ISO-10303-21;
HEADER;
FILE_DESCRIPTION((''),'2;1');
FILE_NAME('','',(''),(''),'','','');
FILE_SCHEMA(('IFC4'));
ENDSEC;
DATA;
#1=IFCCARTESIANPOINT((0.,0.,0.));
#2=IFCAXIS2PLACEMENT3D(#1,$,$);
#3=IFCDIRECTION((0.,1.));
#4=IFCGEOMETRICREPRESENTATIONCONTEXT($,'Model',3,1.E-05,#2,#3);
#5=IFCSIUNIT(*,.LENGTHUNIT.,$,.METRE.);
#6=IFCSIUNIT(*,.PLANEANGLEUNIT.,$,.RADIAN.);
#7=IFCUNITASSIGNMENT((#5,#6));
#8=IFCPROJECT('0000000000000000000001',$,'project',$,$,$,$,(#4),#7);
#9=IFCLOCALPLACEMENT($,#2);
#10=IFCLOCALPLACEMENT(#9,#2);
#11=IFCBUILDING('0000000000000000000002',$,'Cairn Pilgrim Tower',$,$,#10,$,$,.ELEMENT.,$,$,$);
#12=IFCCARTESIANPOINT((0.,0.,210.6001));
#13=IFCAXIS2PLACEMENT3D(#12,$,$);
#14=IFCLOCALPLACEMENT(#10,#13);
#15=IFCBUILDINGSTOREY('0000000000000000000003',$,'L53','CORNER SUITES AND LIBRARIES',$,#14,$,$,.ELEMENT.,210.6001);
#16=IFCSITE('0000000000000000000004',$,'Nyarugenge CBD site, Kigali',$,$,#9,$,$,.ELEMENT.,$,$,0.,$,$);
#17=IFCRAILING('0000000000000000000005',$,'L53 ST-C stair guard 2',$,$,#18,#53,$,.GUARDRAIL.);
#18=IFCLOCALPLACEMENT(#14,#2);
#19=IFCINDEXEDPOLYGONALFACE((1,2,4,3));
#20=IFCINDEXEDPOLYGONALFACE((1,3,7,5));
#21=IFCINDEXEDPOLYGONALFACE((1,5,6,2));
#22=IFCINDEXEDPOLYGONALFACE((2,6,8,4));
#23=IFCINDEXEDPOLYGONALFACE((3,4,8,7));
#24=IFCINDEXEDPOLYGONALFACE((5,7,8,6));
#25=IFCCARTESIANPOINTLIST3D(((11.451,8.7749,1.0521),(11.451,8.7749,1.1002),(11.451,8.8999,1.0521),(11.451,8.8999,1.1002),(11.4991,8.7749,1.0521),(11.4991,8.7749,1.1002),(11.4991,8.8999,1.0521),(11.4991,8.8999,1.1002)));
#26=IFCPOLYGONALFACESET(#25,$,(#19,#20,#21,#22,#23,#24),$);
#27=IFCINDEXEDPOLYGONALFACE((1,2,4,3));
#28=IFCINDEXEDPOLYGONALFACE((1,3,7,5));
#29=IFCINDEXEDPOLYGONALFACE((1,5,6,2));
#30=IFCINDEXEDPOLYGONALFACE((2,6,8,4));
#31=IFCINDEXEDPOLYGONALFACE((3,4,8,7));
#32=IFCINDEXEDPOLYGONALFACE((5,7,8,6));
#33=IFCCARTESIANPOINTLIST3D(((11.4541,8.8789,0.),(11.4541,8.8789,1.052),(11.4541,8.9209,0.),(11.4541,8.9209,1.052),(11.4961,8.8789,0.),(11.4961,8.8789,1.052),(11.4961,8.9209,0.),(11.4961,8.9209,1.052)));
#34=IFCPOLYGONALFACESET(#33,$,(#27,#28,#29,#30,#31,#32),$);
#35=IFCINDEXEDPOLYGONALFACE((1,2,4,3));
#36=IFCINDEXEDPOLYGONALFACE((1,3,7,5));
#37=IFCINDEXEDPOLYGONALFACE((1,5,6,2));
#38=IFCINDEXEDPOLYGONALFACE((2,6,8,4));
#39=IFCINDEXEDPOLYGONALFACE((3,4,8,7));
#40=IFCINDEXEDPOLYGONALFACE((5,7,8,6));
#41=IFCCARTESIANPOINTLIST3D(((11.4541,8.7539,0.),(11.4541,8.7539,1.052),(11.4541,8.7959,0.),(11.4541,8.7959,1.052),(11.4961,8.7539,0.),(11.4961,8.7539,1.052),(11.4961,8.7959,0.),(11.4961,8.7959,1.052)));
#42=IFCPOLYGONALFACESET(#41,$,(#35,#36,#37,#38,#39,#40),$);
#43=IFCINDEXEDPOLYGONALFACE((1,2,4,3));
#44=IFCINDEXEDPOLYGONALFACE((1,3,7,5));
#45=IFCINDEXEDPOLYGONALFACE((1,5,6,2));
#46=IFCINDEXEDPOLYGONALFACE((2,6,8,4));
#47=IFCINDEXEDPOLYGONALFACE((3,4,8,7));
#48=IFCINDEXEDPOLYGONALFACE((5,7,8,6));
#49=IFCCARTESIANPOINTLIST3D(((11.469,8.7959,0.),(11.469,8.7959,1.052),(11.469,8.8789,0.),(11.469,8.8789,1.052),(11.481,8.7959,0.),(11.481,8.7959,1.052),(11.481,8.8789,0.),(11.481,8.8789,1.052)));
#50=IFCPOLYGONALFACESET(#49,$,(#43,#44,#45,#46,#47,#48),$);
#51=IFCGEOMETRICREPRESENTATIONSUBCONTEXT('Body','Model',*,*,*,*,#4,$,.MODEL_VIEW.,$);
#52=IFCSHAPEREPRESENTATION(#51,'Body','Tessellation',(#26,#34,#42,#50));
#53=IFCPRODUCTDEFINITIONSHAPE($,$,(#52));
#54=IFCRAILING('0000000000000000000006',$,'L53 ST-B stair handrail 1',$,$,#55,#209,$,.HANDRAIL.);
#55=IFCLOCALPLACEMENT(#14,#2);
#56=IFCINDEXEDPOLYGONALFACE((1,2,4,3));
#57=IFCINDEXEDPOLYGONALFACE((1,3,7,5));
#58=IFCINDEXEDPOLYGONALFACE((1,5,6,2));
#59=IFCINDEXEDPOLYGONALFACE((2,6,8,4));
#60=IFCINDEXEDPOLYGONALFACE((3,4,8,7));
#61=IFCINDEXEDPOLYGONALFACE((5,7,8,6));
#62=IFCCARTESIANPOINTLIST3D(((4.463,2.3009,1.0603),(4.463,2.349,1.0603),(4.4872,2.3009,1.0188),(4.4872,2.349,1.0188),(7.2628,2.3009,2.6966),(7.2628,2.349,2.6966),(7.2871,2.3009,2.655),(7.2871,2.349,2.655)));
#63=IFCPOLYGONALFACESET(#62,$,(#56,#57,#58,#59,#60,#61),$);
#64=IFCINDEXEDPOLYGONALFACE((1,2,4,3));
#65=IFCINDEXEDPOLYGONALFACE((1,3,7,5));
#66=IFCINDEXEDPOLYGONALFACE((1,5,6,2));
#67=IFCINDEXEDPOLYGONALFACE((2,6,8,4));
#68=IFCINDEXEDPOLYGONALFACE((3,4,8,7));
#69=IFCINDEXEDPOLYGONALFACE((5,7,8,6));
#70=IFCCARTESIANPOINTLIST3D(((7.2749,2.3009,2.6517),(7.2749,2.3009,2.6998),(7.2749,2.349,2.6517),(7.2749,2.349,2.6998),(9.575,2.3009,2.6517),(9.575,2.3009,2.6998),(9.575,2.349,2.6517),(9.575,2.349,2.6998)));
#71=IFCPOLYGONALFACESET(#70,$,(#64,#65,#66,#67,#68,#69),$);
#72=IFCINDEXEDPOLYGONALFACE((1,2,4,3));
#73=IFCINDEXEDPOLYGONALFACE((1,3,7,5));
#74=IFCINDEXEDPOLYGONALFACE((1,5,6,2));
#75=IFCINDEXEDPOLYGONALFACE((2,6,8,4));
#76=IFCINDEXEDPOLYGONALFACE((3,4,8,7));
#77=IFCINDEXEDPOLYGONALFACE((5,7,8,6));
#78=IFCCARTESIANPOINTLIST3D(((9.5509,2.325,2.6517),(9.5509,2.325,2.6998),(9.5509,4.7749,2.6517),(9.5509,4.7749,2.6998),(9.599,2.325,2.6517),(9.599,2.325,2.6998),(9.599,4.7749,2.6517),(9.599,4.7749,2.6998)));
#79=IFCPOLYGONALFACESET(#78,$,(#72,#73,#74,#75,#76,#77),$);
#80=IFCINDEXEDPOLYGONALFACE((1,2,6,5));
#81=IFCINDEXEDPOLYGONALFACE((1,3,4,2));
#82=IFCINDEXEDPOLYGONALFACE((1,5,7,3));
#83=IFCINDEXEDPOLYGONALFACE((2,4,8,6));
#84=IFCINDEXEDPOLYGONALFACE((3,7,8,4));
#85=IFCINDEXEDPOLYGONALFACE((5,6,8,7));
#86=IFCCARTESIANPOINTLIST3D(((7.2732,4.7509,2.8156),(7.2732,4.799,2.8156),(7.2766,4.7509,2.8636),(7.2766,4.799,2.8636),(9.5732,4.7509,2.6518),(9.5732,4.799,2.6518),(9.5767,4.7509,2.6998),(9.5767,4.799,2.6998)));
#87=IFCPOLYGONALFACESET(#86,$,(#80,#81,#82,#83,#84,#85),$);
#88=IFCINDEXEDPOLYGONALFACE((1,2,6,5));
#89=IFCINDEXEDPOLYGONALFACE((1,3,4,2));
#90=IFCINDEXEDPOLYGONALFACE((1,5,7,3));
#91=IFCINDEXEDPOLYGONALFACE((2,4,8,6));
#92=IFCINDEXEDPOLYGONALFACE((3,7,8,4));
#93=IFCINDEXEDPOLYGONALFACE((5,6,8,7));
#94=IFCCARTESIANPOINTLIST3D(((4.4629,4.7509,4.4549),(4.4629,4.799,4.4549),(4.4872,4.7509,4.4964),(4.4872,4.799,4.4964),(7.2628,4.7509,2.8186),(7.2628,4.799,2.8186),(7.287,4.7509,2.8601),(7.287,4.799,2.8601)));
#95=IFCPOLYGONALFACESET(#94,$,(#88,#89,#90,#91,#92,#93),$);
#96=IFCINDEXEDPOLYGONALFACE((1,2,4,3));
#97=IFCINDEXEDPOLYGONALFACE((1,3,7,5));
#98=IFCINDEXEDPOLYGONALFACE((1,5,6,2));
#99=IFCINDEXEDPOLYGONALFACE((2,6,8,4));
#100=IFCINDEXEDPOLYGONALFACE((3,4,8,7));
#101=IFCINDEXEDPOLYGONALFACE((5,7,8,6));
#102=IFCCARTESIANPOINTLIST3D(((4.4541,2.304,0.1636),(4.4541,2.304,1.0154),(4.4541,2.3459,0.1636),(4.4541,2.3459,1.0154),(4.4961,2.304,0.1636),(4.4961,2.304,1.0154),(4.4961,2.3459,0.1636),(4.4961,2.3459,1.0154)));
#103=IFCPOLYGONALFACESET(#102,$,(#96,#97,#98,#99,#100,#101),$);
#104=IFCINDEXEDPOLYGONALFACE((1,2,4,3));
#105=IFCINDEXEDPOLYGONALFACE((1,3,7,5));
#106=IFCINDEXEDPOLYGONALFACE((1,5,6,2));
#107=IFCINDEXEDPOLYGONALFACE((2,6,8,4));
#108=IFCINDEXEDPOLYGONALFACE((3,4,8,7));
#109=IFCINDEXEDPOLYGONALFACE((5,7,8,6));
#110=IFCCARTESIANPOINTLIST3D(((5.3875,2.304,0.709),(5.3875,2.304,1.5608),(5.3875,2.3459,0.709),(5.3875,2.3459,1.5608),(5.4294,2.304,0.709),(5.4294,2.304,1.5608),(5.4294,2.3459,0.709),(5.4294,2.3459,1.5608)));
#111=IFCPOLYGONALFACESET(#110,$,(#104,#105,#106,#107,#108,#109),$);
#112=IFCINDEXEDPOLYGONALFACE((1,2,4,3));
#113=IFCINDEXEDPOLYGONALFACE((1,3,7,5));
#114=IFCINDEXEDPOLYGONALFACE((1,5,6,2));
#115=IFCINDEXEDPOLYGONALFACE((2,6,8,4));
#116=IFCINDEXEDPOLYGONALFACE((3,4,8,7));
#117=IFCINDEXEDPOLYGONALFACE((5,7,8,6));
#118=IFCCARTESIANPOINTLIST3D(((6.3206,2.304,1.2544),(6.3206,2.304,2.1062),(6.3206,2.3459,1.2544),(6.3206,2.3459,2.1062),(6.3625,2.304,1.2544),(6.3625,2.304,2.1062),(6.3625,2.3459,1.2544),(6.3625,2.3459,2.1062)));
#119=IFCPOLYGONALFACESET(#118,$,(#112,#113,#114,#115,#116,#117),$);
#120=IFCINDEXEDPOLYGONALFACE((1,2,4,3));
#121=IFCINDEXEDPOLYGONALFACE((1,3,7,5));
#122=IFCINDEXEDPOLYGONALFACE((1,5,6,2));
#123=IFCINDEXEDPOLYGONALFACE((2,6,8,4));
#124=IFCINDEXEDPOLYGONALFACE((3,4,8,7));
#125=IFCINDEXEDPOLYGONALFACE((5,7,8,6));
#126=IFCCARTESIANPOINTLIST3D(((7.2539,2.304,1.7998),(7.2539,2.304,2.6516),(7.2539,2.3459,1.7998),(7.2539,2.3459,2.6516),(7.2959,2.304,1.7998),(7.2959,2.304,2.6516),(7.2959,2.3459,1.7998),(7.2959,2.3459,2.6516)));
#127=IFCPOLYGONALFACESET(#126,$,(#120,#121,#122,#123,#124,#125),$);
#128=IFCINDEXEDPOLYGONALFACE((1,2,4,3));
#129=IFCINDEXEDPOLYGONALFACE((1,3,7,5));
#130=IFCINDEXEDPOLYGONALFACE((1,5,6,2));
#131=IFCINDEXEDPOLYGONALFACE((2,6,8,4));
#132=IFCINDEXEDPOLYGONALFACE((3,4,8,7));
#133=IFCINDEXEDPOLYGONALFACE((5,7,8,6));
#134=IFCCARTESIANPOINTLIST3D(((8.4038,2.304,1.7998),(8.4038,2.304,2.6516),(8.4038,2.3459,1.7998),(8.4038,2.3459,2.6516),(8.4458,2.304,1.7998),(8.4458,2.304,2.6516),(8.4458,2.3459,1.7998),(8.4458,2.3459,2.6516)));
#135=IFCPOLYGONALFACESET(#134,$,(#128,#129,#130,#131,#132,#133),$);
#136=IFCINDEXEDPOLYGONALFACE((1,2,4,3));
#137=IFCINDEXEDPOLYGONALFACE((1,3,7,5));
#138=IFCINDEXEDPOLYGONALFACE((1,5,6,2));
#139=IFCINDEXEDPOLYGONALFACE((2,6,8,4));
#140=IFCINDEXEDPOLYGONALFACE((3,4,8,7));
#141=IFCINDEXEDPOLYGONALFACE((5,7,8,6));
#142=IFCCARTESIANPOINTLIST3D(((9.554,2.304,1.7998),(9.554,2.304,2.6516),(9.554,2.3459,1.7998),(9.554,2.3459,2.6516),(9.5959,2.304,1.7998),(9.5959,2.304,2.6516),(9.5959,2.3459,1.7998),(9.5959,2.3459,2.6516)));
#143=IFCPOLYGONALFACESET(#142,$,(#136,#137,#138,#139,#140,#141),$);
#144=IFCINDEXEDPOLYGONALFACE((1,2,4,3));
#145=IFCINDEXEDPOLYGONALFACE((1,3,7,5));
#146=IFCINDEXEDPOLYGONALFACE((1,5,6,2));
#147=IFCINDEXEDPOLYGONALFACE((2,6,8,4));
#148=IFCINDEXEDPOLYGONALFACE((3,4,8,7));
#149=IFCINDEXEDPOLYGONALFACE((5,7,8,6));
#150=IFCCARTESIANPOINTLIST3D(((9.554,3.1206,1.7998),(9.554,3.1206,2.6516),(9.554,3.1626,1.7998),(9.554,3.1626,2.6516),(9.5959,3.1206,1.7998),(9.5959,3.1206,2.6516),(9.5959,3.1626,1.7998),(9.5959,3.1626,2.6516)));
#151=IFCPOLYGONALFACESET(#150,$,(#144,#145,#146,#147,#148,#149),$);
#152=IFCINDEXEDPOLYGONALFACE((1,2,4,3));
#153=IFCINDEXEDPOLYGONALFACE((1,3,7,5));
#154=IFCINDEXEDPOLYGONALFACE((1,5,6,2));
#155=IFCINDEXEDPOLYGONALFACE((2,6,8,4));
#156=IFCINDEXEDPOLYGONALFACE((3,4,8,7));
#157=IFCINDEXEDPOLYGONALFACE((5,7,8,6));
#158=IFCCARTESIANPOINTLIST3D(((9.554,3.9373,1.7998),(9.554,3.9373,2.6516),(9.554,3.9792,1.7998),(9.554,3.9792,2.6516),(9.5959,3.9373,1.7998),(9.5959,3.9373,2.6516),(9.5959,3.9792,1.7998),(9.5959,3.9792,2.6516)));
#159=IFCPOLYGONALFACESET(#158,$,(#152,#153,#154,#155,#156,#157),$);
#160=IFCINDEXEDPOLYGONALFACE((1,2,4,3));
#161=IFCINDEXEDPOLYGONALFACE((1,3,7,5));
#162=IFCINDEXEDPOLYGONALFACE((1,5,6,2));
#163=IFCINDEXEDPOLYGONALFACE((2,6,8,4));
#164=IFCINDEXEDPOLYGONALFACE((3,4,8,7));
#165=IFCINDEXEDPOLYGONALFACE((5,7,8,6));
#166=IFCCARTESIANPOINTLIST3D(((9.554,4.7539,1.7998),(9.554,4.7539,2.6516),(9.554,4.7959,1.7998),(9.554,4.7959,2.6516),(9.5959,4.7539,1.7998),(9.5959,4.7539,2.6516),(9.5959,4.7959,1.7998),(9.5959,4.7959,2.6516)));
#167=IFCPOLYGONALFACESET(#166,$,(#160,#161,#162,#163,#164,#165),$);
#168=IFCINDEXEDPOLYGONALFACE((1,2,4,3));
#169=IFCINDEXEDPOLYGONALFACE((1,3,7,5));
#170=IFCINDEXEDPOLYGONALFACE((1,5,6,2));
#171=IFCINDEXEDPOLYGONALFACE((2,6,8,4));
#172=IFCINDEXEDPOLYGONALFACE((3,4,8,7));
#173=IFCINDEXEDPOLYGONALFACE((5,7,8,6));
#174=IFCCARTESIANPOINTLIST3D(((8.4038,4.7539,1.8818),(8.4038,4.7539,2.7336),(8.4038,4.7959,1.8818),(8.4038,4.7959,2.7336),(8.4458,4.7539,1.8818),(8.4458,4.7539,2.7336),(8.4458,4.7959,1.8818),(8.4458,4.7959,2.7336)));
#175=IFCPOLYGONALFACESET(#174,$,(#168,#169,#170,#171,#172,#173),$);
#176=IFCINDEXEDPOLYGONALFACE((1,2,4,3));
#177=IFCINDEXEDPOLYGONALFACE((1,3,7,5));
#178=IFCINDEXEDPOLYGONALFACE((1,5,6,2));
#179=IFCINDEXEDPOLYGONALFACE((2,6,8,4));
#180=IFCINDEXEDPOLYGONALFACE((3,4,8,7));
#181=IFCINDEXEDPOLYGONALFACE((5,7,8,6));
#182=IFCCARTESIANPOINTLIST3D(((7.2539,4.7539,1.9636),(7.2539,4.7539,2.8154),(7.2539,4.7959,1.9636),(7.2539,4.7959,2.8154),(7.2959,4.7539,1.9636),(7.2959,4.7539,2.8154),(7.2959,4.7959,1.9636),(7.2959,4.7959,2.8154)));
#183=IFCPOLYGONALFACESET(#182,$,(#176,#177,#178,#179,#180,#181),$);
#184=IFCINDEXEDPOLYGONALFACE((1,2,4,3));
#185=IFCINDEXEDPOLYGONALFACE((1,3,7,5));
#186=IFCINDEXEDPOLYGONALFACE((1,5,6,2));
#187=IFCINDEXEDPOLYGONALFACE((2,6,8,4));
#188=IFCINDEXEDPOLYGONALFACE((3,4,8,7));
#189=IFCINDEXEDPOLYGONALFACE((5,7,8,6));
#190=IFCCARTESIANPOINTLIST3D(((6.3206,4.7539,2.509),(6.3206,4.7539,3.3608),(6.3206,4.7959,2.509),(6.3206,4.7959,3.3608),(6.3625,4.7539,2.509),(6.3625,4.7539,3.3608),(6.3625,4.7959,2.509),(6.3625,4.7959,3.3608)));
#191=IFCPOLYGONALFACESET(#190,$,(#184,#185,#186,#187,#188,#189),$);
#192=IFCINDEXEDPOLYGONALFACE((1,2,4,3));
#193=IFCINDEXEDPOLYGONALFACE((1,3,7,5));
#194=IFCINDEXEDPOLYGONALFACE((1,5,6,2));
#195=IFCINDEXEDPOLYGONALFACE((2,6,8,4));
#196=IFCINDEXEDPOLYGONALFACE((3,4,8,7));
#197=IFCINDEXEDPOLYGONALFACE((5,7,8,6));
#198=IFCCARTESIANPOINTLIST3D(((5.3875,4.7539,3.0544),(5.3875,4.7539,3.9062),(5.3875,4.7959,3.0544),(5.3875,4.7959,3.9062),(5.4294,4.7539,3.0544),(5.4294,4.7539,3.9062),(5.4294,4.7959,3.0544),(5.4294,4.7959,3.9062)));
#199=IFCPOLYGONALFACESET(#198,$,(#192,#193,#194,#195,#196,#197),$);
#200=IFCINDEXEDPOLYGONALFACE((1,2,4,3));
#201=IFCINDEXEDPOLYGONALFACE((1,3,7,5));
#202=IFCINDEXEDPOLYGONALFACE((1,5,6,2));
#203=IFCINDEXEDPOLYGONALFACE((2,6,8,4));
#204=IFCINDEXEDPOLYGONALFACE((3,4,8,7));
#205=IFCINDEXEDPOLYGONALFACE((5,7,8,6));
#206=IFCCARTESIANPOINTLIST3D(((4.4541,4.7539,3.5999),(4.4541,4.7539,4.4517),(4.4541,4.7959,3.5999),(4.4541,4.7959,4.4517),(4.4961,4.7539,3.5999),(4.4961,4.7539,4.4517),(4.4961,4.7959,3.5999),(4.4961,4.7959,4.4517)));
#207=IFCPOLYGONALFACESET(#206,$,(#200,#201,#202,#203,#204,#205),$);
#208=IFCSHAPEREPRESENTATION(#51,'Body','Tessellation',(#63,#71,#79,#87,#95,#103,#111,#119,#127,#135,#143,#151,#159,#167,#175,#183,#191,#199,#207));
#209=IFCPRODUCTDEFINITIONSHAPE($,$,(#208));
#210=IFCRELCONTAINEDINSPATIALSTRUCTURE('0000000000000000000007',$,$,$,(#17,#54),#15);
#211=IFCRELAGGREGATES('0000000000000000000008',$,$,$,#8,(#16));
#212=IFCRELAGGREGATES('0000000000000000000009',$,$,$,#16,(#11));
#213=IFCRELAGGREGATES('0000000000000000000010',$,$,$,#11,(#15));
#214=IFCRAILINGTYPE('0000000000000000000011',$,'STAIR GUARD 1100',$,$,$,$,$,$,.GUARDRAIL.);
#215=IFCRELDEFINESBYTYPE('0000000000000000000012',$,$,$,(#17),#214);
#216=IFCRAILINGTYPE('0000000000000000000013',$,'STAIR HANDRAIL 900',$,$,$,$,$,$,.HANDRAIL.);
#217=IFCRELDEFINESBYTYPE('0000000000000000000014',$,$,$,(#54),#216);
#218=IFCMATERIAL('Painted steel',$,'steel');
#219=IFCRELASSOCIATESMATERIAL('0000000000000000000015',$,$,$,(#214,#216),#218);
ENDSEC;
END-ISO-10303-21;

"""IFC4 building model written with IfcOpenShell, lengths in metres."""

from ifc_helpers import new_model, si_unit, direction, frame, origin, origin_2d, place, context, subcontext, project, spatial, polyline, rectangle, outline, extrude, material, type_object, element, save


model = new_model("IFC4")

# Units and contexts
model_context = context("Model", 3, precision=1e-05, world=origin(), true_north=direction((0.0, 1.0)))
body_context = subcontext(model_context, "Body", "Model", "MODEL_VIEW")
ifc_project = project(units=[si_unit("LENGTHUNIT", "METRE"), si_unit("PLANEANGLEUNIT", "RADIAN")], contexts=[model_context])

# Site, building, storey
site_placement = place(None, origin())
site = spatial("IfcSite", under=ifc_project, at=site_placement, Name="Nyarugenge CBD site, Kigali", CompositionType="ELEMENT", RefElevation=0.0)
building_placement = place(site_placement, origin())
building = spatial("IfcBuilding", under=site, at=building_placement, Name="Cairn Pilgrim Tower", CompositionType="ELEMENT")
storey_placement = place(building_placement, frame((0.0, 0.0, 210.6001)))
storey = spatial("IfcBuildingStorey", under=building, at=storey_placement, Name="L53", Description="CORNER SUITES AND LIBRARIES", CompositionType="ELEMENT", Elevation=210.6001)

# Shared definitions
ifc_material_1 = material(Name="Painted steel", Category="steel")

# Railings
railing_type_1 = type_object("IfcRailingType", Name="STAIR GUARD 1100", PredefinedType="GUARDRAIL", material=ifc_material_1)
railing_1_placement = place(storey_placement, frame((11.4751, 8.8999, 0.0)))
element("IfcRailing", 1, at=railing_1_placement, inside=storey, type_object=railing_type_1, Name="L53 ST-C stair guard 2", PredefinedType="GUARDRAIL", context=body_context, shape_type="SweptSolid", body=[
    extrude(rectangle(XDim=0.0481, YDim=0.0481, at=origin_2d()), frame((0.0, 0.0, 1.0762), z_axis=(0.0, -1.0, 0.0), x_axis=(1.0, 0.0, 0.0)), (0.0, 0.0, 1.0), 0.125),
    extrude(rectangle(XDim=0.042, YDim=0.042, at=origin_2d()), origin(), (0.0, 0.0, 1.0), 1.052),
    extrude(rectangle(XDim=0.042, YDim=0.042, at=origin_2d()), frame((0.0, -0.125, 0.0)), (0.0, 0.0, 1.0), 1.052),
    extrude(outline(polyline([(0.021, 0.0), (0.104, 0.0), (0.104, 1.052), (0.021, 1.052), (0.021, 0.0)])), frame((0.0059, 0.0, 0.0), z_axis=(-1.0, 0.0, 0.0), x_axis=(0.0, -1.0, 0.0)), (0.0, 0.0, 1.0), 0.012),
])
railing_type_2 = type_object("IfcRailingType", Name="STAIR HANDRAIL 900", PredefinedType="HANDRAIL", material=ifc_material_1)
railing_2_placement = place(storey_placement, frame((4.4751, 2.325, 0.1636)))
element("IfcRailing", 2, at=railing_2_placement, inside=storey, type_object=railing_type_2, Name="L53 ST-B stair handrail 1", PredefinedType="HANDRAIL", context=body_context, shape_type="SweptSolid", body=[
    extrude(rectangle(XDim=0.0481, YDim=0.0481, at=origin_2d()), frame((0.0, 0.0, 0.876), z_axis=(0.863374, 0.0, 0.504564), x_axis=(0.0, 1.0, 0.0)), (0.0, 0.0, 1.0), 3.2429),
    extrude(rectangle(XDim=0.0481, YDim=0.0481, at=origin_2d()), frame((2.7998, 0.0, 2.5122), z_axis=(1.0, 0.0, 0.0), x_axis=(0.0, 1.0, 0.0)), (0.0, 0.0, 1.0), 2.3),
    extrude(rectangle(XDim=0.0481, YDim=0.0481, at=origin_2d()), frame((5.0999, 0.0, 2.5122), z_axis=(0.0, 1.0, 0.0), x_axis=(-1.0, 0.0, 0.0)), (0.0, 0.0, 1.0), 2.45),
    extrude(rectangle(XDim=0.0481, YDim=0.0481, at=origin_2d()), frame((5.0999, 2.45, 2.5122), z_axis=(-0.997473, 0.0, 0.071044), x_axis=(0.0, -1.0, 0.0)), (0.0, 0.0, 1.0), 2.3059),
    extrude(rectangle(XDim=0.0481, YDim=0.0481, at=origin_2d()), frame((2.7998, 2.45, 2.6758), z_axis=(-0.863374, 0.0, 0.504564), x_axis=(0.0, -1.0, 0.0)), (0.0, 0.0, 1.0), 3.2429),
    extrude(rectangle(XDim=0.042, YDim=0.042, at=origin_2d()), origin(), (0.0, 0.0, 1.0), 0.8518),
    extrude(rectangle(XDim=0.042, YDim=0.042, at=origin_2d()), frame((0.9333, 0.0, 0.5454)), (0.0, 0.0, 1.0), 0.8518),
    extrude(rectangle(XDim=0.042, YDim=0.042, at=origin_2d()), frame((1.8665, 0.0, 1.0908)), (0.0, 0.0, 1.0), 0.8518),
    extrude(rectangle(XDim=0.042, YDim=0.042, at=origin_2d()), frame((2.7998, 0.0, 1.6362)), (0.0, 0.0, 1.0), 0.8518),
    extrude(rectangle(XDim=0.042, YDim=0.042, at=origin_2d()), frame((3.9497, 0.0, 1.6362)), (0.0, 0.0, 1.0), 0.8518),
    extrude(rectangle(XDim=0.042, YDim=0.042, at=origin_2d()), frame((5.0999, 0.0, 1.6362)), (0.0, 0.0, 1.0), 0.8518),
    extrude(rectangle(XDim=0.042, YDim=0.042, at=origin_2d()), frame((5.0999, 0.8167, 1.6362)), (0.0, 0.0, 1.0), 0.8518),
    extrude(rectangle(XDim=0.042, YDim=0.042, at=origin_2d()), frame((5.0999, 1.6333, 1.6362)), (0.0, 0.0, 1.0), 0.8518),
    extrude(rectangle(XDim=0.042, YDim=0.042, at=origin_2d()), frame((5.0999, 2.45, 1.6362)), (0.0, 0.0, 1.0), 0.8518),
    extrude(rectangle(XDim=0.042, YDim=0.042, at=origin_2d()), frame((3.9497, 2.45, 1.7183)), (0.0, 0.0, 1.0), 0.8518),
    extrude(rectangle(XDim=0.042, YDim=0.042, at=origin_2d()), frame((2.7998, 2.45, 1.8)), (0.0, 0.0, 1.0), 0.8518),
    extrude(rectangle(XDim=0.042, YDim=0.042, at=origin_2d()), frame((1.8665, 2.45, 2.3455)), (0.0, 0.0, 1.0), 0.8518),
    extrude(rectangle(XDim=0.042, YDim=0.042, at=origin_2d()), frame((0.9333, 2.45, 2.8909)), (0.0, 0.0, 1.0), 0.8518),
    extrude(rectangle(XDim=0.042, YDim=0.042, at=origin_2d()), frame((0.0, 2.45, 3.4363)), (0.0, 0.0, 1.0), 0.8518),
])

save(model, "model.ifc")
